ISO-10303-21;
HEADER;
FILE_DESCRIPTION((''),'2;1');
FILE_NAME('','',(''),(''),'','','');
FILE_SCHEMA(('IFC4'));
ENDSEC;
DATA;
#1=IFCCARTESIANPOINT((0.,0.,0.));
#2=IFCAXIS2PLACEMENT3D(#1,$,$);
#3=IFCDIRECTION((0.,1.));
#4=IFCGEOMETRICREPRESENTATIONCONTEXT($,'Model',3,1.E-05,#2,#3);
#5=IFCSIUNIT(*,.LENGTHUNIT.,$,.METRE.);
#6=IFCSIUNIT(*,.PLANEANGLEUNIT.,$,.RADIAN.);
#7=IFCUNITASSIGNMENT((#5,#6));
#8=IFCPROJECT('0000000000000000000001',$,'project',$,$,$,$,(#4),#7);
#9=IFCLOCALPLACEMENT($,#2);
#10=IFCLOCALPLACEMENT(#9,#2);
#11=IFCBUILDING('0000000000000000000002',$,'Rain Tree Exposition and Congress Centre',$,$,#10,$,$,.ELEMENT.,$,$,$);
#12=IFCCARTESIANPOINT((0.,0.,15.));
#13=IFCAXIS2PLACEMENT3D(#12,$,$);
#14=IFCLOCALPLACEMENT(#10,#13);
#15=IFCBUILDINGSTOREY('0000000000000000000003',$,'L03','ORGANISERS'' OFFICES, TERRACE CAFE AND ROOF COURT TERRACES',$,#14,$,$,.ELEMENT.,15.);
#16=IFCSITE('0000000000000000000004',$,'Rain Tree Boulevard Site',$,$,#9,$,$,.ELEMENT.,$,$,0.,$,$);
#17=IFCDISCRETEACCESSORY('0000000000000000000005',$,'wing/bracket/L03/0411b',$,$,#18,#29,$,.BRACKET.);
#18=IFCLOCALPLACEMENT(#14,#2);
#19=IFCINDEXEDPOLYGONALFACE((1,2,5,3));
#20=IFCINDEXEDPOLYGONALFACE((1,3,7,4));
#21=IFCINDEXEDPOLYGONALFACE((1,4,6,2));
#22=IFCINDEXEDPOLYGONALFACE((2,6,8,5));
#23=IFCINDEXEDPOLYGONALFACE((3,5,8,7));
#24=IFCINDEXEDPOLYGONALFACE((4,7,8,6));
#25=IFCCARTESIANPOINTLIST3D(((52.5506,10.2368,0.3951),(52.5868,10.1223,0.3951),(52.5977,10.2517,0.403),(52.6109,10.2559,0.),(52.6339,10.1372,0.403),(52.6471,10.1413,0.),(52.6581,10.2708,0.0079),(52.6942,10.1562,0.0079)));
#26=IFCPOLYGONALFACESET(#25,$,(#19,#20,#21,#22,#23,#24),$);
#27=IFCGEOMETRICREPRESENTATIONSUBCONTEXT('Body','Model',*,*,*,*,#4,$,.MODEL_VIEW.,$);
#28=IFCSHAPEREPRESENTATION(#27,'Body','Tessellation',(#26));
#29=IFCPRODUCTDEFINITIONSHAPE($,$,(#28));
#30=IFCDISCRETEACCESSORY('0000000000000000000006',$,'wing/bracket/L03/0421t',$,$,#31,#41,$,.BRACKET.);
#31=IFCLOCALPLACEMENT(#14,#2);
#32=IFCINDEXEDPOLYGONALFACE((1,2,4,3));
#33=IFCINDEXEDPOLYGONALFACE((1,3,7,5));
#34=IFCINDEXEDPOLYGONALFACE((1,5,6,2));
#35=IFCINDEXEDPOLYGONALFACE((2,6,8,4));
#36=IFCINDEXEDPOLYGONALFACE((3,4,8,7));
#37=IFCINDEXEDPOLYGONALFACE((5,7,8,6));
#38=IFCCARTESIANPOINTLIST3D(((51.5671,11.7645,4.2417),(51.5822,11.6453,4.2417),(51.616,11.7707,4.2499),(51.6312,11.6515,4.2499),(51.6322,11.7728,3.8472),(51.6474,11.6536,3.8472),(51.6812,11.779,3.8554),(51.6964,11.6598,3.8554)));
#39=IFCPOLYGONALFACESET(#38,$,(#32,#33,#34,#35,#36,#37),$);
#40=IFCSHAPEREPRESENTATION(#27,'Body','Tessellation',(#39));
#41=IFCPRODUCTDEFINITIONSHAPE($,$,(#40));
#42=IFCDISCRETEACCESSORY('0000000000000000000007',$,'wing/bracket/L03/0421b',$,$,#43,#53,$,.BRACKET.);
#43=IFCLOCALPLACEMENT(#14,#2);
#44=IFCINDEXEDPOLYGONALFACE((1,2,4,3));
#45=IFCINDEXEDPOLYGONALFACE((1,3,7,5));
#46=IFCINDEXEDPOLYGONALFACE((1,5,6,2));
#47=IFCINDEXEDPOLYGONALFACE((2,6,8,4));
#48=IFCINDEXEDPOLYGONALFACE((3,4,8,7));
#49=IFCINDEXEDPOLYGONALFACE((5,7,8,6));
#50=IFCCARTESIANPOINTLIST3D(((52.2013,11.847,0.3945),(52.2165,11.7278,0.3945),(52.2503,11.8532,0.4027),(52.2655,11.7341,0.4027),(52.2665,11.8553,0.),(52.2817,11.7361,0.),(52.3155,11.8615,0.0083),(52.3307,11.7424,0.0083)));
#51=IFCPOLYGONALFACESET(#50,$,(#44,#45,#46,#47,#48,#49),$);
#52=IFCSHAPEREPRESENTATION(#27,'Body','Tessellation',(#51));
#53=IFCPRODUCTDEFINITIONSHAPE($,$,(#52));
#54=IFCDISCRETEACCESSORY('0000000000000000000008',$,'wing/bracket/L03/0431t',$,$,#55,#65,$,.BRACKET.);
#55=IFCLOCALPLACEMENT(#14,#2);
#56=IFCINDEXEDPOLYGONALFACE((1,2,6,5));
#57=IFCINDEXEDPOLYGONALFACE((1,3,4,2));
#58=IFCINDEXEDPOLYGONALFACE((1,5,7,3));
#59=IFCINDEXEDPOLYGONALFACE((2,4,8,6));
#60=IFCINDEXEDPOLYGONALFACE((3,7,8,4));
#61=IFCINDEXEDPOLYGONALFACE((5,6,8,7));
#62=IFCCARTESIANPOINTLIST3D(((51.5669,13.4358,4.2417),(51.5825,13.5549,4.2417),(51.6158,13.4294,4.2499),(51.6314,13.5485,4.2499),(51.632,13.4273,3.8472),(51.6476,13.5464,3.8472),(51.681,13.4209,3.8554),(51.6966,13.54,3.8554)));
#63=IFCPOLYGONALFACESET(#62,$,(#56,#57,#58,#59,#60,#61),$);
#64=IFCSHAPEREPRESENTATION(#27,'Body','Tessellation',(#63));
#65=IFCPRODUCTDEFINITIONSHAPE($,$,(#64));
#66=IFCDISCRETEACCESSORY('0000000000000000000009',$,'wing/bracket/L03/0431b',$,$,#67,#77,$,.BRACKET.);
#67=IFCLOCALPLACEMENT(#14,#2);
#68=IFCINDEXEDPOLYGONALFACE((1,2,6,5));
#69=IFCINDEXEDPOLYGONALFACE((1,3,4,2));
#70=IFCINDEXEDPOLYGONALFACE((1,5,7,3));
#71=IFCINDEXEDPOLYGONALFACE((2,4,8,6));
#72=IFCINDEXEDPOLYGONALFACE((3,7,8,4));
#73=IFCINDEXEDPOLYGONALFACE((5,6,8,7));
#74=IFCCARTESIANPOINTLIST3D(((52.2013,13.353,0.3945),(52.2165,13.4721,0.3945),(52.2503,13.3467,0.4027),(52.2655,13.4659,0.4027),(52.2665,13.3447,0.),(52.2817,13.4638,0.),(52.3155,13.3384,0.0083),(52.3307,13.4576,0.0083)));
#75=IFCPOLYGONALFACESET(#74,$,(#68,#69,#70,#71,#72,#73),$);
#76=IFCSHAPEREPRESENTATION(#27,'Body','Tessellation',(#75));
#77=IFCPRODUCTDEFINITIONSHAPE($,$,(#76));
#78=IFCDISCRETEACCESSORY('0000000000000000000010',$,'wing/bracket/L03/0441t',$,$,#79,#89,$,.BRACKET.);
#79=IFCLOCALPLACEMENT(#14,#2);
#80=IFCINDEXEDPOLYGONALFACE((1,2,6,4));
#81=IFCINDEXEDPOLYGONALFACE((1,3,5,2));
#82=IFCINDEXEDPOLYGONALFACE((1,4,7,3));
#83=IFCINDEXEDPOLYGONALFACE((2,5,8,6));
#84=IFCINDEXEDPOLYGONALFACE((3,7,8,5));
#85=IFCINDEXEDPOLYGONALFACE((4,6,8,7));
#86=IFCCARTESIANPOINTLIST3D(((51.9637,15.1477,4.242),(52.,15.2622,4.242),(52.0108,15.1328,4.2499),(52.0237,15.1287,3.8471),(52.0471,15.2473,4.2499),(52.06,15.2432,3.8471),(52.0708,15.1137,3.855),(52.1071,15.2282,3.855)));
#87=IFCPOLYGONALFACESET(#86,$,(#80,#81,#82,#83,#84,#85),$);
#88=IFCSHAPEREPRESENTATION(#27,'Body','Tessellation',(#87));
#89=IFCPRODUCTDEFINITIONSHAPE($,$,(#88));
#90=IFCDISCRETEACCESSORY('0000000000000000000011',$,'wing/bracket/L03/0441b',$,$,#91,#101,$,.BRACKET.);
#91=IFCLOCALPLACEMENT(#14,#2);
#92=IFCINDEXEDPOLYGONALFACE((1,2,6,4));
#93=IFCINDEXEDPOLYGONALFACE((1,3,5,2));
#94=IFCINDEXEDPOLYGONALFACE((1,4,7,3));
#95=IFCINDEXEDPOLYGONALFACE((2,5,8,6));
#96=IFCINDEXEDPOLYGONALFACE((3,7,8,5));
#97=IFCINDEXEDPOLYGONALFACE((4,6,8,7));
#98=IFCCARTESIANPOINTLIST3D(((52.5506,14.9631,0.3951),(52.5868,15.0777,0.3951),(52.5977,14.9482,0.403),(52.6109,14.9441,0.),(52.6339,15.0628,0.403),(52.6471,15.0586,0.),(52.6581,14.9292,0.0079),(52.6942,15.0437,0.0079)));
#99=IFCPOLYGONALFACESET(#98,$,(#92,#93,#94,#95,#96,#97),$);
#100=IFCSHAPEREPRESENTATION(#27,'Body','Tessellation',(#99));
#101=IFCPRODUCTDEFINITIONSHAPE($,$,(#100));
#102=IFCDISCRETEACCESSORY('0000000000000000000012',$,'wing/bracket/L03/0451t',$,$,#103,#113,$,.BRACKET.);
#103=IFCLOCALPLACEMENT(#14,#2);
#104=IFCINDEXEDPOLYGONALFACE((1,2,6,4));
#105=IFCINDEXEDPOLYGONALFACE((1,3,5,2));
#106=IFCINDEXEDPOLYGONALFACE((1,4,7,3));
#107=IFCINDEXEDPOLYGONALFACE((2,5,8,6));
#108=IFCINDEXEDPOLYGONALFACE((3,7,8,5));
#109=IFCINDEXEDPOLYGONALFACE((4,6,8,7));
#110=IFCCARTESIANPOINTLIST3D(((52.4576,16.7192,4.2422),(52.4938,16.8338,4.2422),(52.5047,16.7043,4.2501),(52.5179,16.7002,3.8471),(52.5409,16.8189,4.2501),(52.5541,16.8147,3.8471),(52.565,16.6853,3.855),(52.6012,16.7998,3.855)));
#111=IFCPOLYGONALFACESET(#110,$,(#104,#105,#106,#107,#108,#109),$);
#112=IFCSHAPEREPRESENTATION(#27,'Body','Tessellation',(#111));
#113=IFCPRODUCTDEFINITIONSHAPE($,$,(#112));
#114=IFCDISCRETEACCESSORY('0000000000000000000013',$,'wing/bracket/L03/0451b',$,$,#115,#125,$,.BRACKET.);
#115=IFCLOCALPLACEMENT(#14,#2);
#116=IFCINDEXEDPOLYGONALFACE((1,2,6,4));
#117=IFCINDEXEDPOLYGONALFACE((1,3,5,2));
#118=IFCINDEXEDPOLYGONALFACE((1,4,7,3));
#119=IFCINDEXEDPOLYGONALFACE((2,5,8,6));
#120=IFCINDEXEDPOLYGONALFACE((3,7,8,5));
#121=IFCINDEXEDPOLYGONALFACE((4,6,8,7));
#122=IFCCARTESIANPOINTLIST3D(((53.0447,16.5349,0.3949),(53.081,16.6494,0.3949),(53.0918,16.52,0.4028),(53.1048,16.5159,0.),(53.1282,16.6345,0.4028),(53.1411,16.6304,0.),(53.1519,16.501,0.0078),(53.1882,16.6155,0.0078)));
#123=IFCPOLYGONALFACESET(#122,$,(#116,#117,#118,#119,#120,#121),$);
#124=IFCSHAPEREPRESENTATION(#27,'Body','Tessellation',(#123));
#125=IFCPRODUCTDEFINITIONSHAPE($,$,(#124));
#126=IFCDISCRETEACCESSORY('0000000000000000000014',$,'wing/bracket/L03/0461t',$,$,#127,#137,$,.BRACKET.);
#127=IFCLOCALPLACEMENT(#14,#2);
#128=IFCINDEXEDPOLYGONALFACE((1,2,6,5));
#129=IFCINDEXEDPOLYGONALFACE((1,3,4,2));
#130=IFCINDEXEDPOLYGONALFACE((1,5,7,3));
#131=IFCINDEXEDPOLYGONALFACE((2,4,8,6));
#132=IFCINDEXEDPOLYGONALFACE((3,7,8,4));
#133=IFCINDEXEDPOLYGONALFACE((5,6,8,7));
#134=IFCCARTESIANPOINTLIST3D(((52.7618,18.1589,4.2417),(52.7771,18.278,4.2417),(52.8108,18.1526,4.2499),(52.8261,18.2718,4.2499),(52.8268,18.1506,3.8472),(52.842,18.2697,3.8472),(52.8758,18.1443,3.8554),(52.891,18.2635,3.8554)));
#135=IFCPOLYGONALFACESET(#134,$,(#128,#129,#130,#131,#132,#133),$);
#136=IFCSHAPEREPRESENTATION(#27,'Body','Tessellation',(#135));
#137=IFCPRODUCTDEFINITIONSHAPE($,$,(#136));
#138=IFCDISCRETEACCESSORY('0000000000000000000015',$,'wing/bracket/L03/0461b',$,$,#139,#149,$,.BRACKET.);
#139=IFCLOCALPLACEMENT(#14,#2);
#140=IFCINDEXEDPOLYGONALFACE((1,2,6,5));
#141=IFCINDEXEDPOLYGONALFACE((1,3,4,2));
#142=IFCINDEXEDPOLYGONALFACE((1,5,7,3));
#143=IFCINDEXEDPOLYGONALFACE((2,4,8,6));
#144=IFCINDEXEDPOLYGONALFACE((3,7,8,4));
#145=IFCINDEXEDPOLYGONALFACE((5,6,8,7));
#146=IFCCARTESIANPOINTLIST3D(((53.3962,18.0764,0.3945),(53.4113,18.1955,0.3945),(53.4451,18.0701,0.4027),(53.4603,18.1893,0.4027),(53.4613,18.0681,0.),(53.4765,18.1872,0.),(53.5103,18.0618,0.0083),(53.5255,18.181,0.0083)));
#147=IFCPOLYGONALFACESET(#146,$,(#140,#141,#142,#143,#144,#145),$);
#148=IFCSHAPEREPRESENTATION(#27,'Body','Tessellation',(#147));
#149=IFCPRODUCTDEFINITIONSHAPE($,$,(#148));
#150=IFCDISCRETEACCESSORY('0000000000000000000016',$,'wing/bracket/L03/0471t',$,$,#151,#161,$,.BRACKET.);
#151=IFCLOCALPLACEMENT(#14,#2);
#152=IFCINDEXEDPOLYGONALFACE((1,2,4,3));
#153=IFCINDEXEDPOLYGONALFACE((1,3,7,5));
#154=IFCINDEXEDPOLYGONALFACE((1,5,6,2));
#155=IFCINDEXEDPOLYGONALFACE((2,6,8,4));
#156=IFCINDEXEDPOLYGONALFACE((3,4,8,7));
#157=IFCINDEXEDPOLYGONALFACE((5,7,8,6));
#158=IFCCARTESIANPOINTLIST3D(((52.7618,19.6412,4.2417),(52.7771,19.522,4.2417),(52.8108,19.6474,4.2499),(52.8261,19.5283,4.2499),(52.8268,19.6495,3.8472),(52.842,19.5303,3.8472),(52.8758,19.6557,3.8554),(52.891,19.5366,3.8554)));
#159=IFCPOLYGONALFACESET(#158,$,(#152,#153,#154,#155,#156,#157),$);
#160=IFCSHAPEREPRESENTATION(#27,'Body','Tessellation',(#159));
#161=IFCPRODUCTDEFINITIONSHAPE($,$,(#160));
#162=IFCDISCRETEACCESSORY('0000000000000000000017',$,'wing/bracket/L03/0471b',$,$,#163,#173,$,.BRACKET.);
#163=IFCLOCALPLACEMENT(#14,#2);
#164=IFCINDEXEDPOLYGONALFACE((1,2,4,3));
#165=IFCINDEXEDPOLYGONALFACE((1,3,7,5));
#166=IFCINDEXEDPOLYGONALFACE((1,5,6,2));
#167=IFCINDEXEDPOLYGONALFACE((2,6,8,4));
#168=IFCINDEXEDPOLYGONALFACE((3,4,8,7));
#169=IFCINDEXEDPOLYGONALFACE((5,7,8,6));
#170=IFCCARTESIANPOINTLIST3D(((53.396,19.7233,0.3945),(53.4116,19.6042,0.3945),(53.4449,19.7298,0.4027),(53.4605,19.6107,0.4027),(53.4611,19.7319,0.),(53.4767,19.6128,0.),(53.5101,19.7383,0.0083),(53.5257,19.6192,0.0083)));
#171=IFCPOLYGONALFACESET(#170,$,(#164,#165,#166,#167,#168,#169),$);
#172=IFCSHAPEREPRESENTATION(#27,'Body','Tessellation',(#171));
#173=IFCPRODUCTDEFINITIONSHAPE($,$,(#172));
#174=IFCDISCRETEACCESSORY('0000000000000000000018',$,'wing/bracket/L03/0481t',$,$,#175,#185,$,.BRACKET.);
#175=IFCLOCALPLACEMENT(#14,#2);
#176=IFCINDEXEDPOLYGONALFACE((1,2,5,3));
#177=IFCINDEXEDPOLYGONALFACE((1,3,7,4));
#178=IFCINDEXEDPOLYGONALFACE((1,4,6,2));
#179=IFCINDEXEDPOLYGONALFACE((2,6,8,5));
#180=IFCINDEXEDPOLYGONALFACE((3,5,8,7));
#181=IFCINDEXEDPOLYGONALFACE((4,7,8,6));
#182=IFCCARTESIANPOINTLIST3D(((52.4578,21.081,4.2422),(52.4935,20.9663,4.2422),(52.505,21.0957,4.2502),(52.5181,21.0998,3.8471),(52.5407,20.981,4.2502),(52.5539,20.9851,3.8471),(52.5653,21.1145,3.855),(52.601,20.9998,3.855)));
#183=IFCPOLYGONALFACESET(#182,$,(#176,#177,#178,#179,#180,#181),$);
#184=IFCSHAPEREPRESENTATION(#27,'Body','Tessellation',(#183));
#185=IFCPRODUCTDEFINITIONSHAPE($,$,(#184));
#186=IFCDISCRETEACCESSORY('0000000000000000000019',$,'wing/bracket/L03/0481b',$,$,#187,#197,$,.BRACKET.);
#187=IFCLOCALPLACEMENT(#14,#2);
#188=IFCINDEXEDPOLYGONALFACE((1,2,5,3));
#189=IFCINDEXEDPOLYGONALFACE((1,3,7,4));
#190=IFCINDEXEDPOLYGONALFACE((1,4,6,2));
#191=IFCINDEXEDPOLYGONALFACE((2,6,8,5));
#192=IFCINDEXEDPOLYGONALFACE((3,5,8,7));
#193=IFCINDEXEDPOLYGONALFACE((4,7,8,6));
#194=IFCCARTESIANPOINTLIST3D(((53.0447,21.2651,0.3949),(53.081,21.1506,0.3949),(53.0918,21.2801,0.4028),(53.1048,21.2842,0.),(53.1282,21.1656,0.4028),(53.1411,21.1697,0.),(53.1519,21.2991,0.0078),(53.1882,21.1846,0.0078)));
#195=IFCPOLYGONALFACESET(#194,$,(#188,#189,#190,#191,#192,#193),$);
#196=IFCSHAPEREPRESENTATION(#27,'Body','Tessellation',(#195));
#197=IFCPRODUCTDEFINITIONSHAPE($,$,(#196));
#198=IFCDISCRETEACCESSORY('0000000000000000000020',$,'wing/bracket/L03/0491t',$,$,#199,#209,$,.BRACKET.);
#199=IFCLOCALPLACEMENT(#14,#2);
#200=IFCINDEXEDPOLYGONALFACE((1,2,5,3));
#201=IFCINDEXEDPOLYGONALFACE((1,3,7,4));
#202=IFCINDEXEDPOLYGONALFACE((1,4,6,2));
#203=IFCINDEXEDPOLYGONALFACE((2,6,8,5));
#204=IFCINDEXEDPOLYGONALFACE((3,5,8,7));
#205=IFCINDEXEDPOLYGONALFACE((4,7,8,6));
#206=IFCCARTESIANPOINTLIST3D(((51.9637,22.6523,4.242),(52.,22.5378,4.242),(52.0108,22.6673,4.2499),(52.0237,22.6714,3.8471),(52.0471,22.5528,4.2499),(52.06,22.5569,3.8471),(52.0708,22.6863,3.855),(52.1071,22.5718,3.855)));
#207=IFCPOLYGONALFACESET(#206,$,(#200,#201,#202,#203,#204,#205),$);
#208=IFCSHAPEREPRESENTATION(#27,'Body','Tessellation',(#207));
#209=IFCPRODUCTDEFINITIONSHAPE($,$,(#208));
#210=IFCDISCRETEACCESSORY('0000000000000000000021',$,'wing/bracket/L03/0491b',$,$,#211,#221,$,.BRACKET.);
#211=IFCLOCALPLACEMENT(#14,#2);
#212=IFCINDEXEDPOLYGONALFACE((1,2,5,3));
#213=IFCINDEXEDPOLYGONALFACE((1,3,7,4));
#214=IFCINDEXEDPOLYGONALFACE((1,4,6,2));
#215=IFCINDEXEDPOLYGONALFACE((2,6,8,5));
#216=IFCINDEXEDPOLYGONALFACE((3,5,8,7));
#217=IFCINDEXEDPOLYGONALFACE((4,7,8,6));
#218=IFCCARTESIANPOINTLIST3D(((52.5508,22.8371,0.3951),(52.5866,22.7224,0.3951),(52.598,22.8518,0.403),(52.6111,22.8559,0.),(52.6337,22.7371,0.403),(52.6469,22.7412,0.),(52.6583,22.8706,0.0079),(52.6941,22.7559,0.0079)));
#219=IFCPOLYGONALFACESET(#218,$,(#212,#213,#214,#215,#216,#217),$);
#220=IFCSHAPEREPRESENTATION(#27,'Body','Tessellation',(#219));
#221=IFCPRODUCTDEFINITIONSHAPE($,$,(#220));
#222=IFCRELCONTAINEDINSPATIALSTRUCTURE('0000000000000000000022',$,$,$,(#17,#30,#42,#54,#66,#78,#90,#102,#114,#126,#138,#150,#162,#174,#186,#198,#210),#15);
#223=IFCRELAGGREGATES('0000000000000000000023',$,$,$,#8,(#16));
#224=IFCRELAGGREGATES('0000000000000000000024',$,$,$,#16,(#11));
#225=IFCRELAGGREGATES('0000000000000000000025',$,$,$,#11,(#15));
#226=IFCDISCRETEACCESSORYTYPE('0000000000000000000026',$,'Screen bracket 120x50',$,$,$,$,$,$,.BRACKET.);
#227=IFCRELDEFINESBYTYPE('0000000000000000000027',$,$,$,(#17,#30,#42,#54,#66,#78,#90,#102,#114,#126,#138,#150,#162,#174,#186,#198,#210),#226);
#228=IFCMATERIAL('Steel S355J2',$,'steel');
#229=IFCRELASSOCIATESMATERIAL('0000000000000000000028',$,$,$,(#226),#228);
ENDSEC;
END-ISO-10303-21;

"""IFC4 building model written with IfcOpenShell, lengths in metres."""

from ifc_helpers import new_model, si_unit, direction, frame, origin, origin_2d, place, context, subcontext, project, spatial, rectangle, extrude, material, material_profile, profile_set, type_object, element, save


model = new_model("IFC4")

# Units and contexts
model_context = context("Model", 3, precision=1e-05, world=origin(), true_north=direction((0.0, 1.0)))
body_context = subcontext(model_context, "Body", "Model", "MODEL_VIEW")
ifc_project = project(units=[si_unit("LENGTHUNIT", "METRE"), si_unit("PLANEANGLEUNIT", "RADIAN")], contexts=[model_context])

# Site, building, storey
site_placement = place(None, origin())
site = spatial("IfcSite", under=ifc_project, at=site_placement, Name="Rain Tree Boulevard Site", CompositionType="ELEMENT", RefElevation=0.0)
building_placement = place(site_placement, origin())
building = spatial("IfcBuilding", under=site, at=building_placement, Name="Rain Tree Exposition and Congress Centre", CompositionType="ELEMENT")
storey_placement = place(building_placement, frame((0.0, 0.0, 15.0)))
storey = spatial("IfcBuildingStorey", under=building, at=storey_placement, Name="L03", Description="ORGANISERS' OFFICES, TERRACE CAFE AND ROOF COURT TERRACES", CompositionType="ELEMENT", Elevation=15.0)

# Discrete accessories
ifc_material_1 = material(Name="Steel S355J2", Category="steel")
ifc_material_profile = material_profile(ifc_material_1, rectangle(XDim=0.1201, YDim=0.05, at=origin_2d()), Name="Flat bar 120x50")
ifc_profile_set = profile_set([ifc_material_profile], Name="Steel S355J2")
discrete_accessory_type = type_object("IfcDiscreteAccessoryType", Name="Screen bracket 120x50", PredefinedType="BRACKET", material=ifc_profile_set)
discrete_accessory_1_placement = place(storey_placement, frame((52.6526, 10.2061, 0.0039), z_axis=(-0.150738, -0.047602, 0.987427), x_axis=(0.301131, -0.953583, 0.0)))
element("IfcDiscreteAccessory", 1, at=discrete_accessory_1_placement, inside=storey, type_object=discrete_accessory_type, Name="wing/bracket/L03/0411b", PredefinedType="BRACKET", context=body_context, shape_type="SweptSolid", body=[
    extrude(rectangle(XDim=0.1201, YDim=0.05, at=origin_2d()), origin(), (0.0, 0.0, 1.0), 0.4001),
])
for number, where, z_axis, x_axis, name in (
    (2, (51.6643, 11.7163, 3.8513), (-0.162978, -0.020754, 0.986411), (0.126321, -0.991989, 0.0), "wing/bracket/L03/0421t"),
    (3, (52.2986, 11.7988, 0.0042), (-0.162978, -0.020754, 0.986411), (0.126321, -0.991989, 0.0), "wing/bracket/L03/0421b"),
    (4, (51.6643, 13.4836, 3.8513), (-0.162976, 0.021364, 0.986399), (-0.129974, -0.991517, 0.0), "wing/bracket/L03/0431t"),
    (5, (52.2986, 13.4011, 0.0042), (-0.162978, 0.020754, 0.986411), (-0.126321, -0.991989, 0.0), "wing/bracket/L03/0431b"),
    (6, (52.0654, 15.1785, 3.8511), (-0.150142, 0.047606, 0.987518), (-0.302244, -0.953231, 0.0), "wing/bracket/L03/0441t"),
):
    element("IfcDiscreteAccessory", number, at=place(storey_placement, frame(where, z_axis=z_axis, x_axis=x_axis)), inside=storey, type_object=discrete_accessory_type, Name=name, PredefinedType="BRACKET", context=body_context, shape_type="SweptSolid", body=[
        extrude(rectangle(XDim=0.1201, YDim=0.05, at=origin_2d()), origin(), (0.0, 0.0, 1.0), 0.3999),
    ])
for number, where, z_axis, x_axis, name in (
    (7, (52.6526, 14.9939, 0.0039), (-0.150738, 0.047602, 0.987427), (-0.301131, -0.953583, 0.0), "wing/bracket/L03/0441b"),
    (8, (52.5596, 16.75, 3.8511), (-0.150738, 0.047602, 0.987427), (-0.301131, -0.953583, 0.0), "wing/bracket/L03/0451t"),
):
    element("IfcDiscreteAccessory", number, at=place(storey_placement, frame(where, z_axis=z_axis, x_axis=x_axis)), inside=storey, type_object=discrete_accessory_type, Name=name, PredefinedType="BRACKET", context=body_context, shape_type="SweptSolid", body=[
        extrude(rectangle(XDim=0.1201, YDim=0.05, at=origin_2d()), origin(), (0.0, 0.0, 1.0), 0.4001),
    ])
for number, where, z_axis, x_axis, name in (
    (9, (53.1465, 16.5657, 0.0039), (-0.150142, 0.047606, 0.987518), (-0.302244, -0.953231, 0.0), "wing/bracket/L03/0451b"),
    (10, (52.8589, 18.207, 3.8513), (-0.162383, 0.020756, 0.986509), (-0.126788, -0.99193, 0.0), "wing/bracket/L03/0461t"),
    (11, (53.4934, 18.1245, 0.0042), (-0.162978, 0.020754, 0.986411), (-0.126321, -0.991989, 0.0), "wing/bracket/L03/0461b"),
    (12, (52.8589, 19.593, 3.8513), (-0.162383, -0.020756, 0.986509), (0.126788, -0.99193, 0.0), "wing/bracket/L03/0471t"),
    (13, (53.4934, 19.6755, 0.0042), (-0.162976, -0.021364, 0.986399), (0.129974, -0.991517, 0.0), "wing/bracket/L03/0471b"),
):
    element("IfcDiscreteAccessory", number, at=place(storey_placement, frame(where, z_axis=z_axis, x_axis=x_axis)), inside=storey, type_object=discrete_accessory_type, Name=name, PredefinedType="BRACKET", context=body_context, shape_type="SweptSolid", body=[
        extrude(rectangle(XDim=0.1201, YDim=0.05, at=origin_2d()), origin(), (0.0, 0.0, 1.0), 0.3999),
    ])
discrete_accessory_2_placement = place(storey_placement, frame((52.5596, 21.0498, 3.8511), z_axis=(-0.150743, -0.046993, 0.987456), x_axis=(0.297615, -0.954686, 0.0)))
element("IfcDiscreteAccessory", 14, at=discrete_accessory_2_placement, inside=storey, type_object=discrete_accessory_type, Name="wing/bracket/L03/0481t", PredefinedType="BRACKET", context=body_context, shape_type="SweptSolid", body=[
    extrude(rectangle(XDim=0.1201, YDim=0.05, at=origin_2d()), origin(), (0.0, 0.0, 1.0), 0.4001),
])
for number, where, z_axis, x_axis, name in (
    (15, (53.1465, 21.2344, 0.0039), (-0.150142, -0.047606, 0.987518), (0.302244, -0.953231, 0.0), "wing/bracket/L03/0481b"),
    (16, (52.0654, 22.6216, 3.8511), (-0.150142, -0.047606, 0.987518), (0.302244, -0.953231, 0.0), "wing/bracket/L03/0491t"),
):
    element("IfcDiscreteAccessory", number, at=place(storey_placement, frame(where, z_axis=z_axis, x_axis=x_axis)), inside=storey, type_object=discrete_accessory_type, Name=name, PredefinedType="BRACKET", context=body_context, shape_type="SweptSolid", body=[
        extrude(rectangle(XDim=0.1201, YDim=0.05, at=origin_2d()), origin(), (0.0, 0.0, 1.0), 0.3999),
    ])
discrete_accessory_3_placement = place(storey_placement, frame((52.6526, 22.8059, 0.0039), z_axis=(-0.150743, -0.046993, 0.987456), x_axis=(0.297615, -0.954686, 0.0)))
element("IfcDiscreteAccessory", 17, at=discrete_accessory_3_placement, inside=storey, type_object=discrete_accessory_type, Name="wing/bracket/L03/0491b", PredefinedType="BRACKET", context=body_context, shape_type="SweptSolid", body=[
    extrude(rectangle(XDim=0.1201, YDim=0.05, at=origin_2d()), origin(), (0.0, 0.0, 1.0), 0.4001),
])

save(model, "model.ifc")
